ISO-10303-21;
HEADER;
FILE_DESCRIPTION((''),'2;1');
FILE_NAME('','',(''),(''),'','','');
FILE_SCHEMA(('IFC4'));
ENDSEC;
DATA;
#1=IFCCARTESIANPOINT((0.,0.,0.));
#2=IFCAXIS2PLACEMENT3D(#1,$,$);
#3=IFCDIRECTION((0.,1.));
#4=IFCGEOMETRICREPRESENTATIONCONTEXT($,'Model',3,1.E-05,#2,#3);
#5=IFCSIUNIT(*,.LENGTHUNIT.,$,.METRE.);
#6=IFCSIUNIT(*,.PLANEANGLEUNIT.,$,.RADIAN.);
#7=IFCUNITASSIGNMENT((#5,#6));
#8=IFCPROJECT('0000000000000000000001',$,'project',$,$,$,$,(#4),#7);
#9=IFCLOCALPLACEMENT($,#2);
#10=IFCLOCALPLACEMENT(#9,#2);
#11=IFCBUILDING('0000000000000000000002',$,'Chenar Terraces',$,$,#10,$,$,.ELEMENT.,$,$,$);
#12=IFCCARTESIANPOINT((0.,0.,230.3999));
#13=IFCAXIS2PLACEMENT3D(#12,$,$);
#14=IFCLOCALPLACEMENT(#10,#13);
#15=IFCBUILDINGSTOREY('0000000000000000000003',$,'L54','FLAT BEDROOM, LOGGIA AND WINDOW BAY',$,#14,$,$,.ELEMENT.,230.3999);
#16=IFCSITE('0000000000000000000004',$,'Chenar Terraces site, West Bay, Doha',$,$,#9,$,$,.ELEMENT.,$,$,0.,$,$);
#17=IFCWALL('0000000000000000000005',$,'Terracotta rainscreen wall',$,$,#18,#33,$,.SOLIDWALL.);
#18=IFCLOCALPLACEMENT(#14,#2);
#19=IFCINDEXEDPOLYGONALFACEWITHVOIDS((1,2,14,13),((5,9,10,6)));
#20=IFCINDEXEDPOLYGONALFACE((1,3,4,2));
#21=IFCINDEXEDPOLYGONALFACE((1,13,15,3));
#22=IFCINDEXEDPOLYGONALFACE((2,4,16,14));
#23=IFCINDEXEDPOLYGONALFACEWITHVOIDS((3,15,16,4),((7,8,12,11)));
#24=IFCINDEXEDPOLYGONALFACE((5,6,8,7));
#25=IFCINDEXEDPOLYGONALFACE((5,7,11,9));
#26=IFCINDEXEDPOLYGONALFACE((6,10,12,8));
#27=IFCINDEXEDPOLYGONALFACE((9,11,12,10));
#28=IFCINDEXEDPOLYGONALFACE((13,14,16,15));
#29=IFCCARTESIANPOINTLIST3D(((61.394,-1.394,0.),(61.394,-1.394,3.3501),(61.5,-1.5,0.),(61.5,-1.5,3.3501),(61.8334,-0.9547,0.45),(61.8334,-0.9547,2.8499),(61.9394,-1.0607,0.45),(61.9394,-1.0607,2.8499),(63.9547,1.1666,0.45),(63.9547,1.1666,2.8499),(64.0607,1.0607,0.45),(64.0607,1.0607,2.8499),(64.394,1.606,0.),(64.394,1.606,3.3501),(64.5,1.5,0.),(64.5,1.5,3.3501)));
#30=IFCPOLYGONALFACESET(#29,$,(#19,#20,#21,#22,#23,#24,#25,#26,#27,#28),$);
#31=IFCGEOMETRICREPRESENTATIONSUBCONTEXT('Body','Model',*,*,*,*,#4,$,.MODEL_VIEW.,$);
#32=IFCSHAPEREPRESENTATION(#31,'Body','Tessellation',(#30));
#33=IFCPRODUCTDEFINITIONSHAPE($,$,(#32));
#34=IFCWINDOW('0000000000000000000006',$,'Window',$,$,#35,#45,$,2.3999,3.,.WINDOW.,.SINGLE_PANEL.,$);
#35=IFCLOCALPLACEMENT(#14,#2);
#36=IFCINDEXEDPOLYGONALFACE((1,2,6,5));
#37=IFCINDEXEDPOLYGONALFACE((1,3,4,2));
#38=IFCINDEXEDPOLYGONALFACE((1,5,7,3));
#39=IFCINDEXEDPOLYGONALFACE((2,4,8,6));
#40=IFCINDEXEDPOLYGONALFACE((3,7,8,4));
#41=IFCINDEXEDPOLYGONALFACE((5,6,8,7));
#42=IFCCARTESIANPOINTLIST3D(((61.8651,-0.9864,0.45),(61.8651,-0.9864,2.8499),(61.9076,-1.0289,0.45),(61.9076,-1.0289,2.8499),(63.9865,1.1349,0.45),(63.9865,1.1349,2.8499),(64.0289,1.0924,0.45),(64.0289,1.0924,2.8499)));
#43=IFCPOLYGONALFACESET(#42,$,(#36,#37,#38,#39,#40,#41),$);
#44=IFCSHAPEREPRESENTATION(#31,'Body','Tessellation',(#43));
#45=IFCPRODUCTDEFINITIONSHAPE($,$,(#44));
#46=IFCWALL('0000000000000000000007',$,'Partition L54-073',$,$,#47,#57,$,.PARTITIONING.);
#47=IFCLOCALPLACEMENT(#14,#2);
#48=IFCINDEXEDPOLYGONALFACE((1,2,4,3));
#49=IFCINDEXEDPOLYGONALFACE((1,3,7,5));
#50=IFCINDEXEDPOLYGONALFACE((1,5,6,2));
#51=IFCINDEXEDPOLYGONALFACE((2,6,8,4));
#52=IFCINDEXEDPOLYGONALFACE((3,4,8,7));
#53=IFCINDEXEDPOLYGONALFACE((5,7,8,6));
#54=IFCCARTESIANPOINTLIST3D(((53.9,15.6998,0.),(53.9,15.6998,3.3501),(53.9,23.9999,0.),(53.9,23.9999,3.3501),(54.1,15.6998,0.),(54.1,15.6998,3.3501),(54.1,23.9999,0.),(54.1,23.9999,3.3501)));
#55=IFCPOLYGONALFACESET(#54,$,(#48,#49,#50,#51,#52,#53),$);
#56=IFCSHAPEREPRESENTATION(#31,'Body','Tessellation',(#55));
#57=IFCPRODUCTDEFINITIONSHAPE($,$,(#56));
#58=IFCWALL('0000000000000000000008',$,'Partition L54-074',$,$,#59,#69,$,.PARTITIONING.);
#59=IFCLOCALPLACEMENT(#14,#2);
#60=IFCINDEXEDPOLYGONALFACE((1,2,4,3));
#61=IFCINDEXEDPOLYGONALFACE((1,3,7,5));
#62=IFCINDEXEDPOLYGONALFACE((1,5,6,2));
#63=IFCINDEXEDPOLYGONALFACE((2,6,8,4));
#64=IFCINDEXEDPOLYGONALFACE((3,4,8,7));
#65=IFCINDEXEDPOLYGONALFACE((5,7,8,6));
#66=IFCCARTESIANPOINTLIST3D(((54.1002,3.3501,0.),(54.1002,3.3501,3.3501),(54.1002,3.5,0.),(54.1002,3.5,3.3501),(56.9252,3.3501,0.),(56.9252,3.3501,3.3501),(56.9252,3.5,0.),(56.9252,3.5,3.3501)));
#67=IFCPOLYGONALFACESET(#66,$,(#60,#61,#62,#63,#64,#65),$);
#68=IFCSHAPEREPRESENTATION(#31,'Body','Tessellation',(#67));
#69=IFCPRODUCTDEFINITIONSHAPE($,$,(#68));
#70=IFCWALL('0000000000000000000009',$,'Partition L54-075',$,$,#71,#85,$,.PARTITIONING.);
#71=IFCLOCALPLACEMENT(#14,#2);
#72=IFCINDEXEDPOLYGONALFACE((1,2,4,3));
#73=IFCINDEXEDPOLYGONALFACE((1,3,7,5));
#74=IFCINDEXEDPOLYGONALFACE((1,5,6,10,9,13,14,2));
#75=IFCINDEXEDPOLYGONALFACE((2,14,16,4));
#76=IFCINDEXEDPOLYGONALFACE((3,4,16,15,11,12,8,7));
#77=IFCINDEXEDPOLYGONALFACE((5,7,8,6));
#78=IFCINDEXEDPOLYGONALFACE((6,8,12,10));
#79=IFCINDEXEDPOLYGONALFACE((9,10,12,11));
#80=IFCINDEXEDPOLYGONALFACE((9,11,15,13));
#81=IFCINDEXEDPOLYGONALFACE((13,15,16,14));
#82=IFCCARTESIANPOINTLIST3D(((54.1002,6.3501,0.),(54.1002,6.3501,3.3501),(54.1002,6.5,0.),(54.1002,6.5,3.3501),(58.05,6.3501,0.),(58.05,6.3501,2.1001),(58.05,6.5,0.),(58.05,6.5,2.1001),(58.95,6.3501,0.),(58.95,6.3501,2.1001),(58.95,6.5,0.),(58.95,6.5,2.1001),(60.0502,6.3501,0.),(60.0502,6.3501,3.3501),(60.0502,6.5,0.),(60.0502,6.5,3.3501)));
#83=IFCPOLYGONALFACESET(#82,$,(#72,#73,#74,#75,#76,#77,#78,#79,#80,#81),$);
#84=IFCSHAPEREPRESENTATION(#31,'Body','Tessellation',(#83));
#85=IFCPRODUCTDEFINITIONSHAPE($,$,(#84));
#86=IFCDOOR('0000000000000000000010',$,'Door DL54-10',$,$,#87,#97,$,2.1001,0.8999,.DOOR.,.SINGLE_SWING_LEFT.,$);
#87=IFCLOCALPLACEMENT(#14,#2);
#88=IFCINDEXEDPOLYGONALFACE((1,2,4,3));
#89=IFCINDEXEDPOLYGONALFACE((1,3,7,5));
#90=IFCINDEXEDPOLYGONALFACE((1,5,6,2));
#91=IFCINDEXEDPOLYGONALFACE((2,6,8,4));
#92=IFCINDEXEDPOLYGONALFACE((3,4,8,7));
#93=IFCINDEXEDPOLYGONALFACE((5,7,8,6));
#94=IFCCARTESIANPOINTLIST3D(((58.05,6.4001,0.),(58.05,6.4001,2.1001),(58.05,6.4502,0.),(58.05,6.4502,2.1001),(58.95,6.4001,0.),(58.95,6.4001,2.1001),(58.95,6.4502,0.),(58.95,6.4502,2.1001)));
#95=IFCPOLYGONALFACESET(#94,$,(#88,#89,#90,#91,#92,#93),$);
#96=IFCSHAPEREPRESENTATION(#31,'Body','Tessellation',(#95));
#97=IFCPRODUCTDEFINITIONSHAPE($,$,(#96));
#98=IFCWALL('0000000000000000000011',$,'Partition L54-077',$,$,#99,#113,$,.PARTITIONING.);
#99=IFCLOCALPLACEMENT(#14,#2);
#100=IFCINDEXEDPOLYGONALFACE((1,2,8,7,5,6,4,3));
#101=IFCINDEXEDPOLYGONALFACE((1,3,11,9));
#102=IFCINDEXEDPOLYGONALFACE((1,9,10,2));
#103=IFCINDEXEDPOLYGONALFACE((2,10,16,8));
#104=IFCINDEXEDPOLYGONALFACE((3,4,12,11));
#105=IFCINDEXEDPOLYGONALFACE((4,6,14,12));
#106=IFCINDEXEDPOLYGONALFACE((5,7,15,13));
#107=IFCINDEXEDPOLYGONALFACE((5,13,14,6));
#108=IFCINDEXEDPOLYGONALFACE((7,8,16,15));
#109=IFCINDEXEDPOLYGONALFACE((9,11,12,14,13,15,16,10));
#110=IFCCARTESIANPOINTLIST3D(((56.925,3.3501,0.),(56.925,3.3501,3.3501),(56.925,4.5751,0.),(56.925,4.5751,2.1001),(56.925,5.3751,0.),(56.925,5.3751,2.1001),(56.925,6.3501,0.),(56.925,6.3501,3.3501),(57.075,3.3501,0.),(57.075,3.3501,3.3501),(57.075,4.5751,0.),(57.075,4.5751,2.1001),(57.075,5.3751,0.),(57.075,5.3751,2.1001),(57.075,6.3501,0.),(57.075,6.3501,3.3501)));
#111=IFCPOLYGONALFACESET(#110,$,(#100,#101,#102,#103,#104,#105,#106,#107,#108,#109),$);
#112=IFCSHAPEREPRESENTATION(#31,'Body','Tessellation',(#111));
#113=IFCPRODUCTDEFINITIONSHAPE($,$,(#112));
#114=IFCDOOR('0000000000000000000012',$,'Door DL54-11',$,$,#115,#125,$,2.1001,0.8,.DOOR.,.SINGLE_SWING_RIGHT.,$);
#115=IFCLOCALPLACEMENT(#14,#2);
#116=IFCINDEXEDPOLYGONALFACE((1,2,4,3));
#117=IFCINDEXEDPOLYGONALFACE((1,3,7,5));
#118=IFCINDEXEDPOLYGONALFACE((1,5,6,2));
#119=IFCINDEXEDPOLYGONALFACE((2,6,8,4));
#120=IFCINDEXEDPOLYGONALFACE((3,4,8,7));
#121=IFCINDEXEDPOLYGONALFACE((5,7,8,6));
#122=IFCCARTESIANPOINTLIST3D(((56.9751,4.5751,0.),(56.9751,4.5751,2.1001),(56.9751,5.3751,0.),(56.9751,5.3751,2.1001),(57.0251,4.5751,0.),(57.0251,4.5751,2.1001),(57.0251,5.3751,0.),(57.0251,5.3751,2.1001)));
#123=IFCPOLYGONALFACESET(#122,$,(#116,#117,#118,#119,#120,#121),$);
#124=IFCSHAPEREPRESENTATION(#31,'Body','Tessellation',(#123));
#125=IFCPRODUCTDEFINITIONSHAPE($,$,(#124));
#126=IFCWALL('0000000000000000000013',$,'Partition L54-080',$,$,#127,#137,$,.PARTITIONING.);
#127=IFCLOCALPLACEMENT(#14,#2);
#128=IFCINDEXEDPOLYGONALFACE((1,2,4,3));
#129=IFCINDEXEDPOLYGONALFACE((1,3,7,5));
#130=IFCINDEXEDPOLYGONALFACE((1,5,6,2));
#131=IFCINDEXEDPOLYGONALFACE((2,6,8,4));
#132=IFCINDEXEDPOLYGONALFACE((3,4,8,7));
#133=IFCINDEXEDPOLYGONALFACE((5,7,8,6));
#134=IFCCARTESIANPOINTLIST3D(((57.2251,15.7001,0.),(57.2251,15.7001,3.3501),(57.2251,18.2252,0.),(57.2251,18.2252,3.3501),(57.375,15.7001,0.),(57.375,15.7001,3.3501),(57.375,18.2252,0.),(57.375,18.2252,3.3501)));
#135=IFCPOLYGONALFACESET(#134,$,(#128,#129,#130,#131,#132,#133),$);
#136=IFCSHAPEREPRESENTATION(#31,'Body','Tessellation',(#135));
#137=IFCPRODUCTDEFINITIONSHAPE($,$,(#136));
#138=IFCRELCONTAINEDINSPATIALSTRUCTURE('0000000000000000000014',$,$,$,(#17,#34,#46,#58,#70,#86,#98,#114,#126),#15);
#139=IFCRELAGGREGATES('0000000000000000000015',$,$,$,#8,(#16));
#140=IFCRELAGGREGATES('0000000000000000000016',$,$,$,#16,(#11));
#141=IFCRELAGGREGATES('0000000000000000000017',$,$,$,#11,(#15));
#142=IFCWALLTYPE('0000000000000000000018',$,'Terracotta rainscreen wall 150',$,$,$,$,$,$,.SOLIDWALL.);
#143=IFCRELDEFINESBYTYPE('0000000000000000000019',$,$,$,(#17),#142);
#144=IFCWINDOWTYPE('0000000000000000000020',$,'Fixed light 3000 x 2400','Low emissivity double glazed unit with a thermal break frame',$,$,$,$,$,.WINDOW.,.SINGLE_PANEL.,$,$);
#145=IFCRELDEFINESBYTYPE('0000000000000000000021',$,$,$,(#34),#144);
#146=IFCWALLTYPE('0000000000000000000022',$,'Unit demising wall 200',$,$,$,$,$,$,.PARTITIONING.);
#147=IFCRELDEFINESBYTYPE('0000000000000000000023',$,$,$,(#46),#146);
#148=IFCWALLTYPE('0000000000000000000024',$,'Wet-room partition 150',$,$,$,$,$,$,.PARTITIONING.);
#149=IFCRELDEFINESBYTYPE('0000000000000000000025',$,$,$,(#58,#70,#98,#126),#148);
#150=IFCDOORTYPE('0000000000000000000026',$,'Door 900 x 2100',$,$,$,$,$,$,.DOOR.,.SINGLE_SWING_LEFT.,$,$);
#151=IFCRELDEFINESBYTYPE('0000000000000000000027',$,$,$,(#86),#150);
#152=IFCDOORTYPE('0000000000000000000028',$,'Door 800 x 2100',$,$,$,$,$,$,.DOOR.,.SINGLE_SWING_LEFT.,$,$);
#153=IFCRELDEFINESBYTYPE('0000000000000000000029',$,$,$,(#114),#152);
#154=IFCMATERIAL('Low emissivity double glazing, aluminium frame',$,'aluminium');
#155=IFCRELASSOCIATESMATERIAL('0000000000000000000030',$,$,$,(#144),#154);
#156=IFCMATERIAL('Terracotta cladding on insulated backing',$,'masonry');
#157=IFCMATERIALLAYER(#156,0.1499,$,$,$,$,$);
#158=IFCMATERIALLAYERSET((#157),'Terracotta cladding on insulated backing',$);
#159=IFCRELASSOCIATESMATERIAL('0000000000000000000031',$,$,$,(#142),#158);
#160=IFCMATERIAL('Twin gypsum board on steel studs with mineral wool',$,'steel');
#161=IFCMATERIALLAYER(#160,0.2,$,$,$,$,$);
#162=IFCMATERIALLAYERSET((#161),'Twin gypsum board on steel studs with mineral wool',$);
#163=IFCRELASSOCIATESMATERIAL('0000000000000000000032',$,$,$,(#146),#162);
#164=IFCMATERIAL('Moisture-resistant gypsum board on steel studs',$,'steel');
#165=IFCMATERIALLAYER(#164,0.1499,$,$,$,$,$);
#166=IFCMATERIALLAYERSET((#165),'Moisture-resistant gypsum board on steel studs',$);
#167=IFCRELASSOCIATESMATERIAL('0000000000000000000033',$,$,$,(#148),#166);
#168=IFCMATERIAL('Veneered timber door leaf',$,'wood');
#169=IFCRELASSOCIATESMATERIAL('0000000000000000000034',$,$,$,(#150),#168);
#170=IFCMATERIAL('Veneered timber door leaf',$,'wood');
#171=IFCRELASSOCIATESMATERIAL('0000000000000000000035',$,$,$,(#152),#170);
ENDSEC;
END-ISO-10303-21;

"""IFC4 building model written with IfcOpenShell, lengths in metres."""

from ifc_helpers import new_model, si_unit, direction, frame, frame_2d, origin, place, context, subcontext, project, spatial, rectangle, extrude, material, layer, layer_set, type_object, element, fill, save


model = new_model("IFC4")

# Units and contexts
model_context = context("Model", 3, precision=1e-05, world=origin(), true_north=direction((0.0, 1.0)))
body_context = subcontext(model_context, "Body", "Model", "MODEL_VIEW")
ifc_project = project(units=[si_unit("LENGTHUNIT", "METRE"), si_unit("PLANEANGLEUNIT", "RADIAN")], contexts=[model_context])

# Site, building, storey
site_placement = place(None, origin())
site = spatial("IfcSite", under=ifc_project, at=site_placement, Name="Chenar Terraces site, West Bay, Doha", CompositionType="ELEMENT", RefElevation=0.0)
building_placement = place(site_placement, origin())
building = spatial("IfcBuilding", under=site, at=building_placement, Name="Chenar Terraces", CompositionType="ELEMENT")
storey_placement = place(building_placement, frame((0.0, 0.0, 230.3999)))
storey = spatial("IfcBuildingStorey", under=building, at=storey_placement, Name="L54", Description="FLAT BEDROOM, LOGGIA AND WINDOW BAY", CompositionType="ELEMENT", Elevation=230.3999)

# Shared definitions
ifc_material_1 = material(Name="Low emissivity double glazing, aluminium frame", Category="aluminium")
window_type_1 = type_object("IfcWindowType", Name="Fixed light 3000 x 2400", Description="Low emissivity double glazed unit with a thermal break frame", PartitioningType="SINGLE_PANEL", PredefinedType="WINDOW", material=ifc_material_1)

# Wall, opening, window
ifc_material_2 = material(Name="Terracotta cladding on insulated backing", Category="masonry")
ifc_layer_1 = layer(ifc_material_2, 0.1499)
ifc_layer_set_1 = layer_set([ifc_layer_1], Name="Terracotta cladding on insulated backing")
wall_type_1 = type_object("IfcWallType", Name="Terracotta rainscreen wall 150", PredefinedType="SOLIDWALL", material=ifc_layer_set_1)
wall_1_placement = place(storey_placement, frame((61.447, -1.447, 0.0), z_axis=(0.0, 0.0, 1.0), x_axis=(0.707107, 0.707107, 0.0)))
wall_1 = element("IfcWall", 1, at=wall_1_placement, inside=storey, type_object=wall_type_1, Name="Terracotta rainscreen wall", PredefinedType="SOLIDWALL", context=body_context, shape_type="SweptSolid", body=[
    extrude(rectangle(XDim=4.2427, YDim=0.1499, at=frame_2d((2.1213, 0.0))), origin(), (0.0, 0.0, 1.0), 3.3501),
])
opening_1_placement = place(wall_1_placement, frame((0.6213, 0.0, 0.45)))
opening_1 = element("IfcOpeningElement", 2, at=opening_1_placement, cuts=wall_1, PredefinedType="OPENING", context=body_context, shape_type="SweptSolid", body=[
    extrude(rectangle(XDim=3.0, YDim=2.3999, at=frame_2d((1.5, 1.2))), frame((0.0, 0.085, 0.0), z_axis=(0.0, -1.0, 0.0), x_axis=(1.0, 0.0, 0.0)), (0.0, 0.0, 1.0), 0.1699),
])
window_1_placement = place(opening_1_placement, origin())
window_1 = element("IfcWindow", 3, at=window_1_placement, inside=storey, type_object=window_type_1, Name="Window", OverallHeight=2.3999, OverallWidth=3.0, PartitioningType="SINGLE_PANEL", PredefinedType="WINDOW", context=body_context, shape_type="SweptSolid", body=[
    extrude(rectangle(XDim=3.0, YDim=2.3999, at=frame_2d((1.5, 1.2))), frame((0.0, 0.03, 0.0), z_axis=(0.0, -1.0, 0.0), x_axis=(1.0, 0.0, 0.0)), (0.0, 0.0, 1.0), 0.0601),
])
fill(opening_1, window_1)

# Walls
ifc_material_3 = material(Name="Twin gypsum board on steel studs with mineral wool", Category="steel")
ifc_layer_2 = layer(ifc_material_3, 0.2)
ifc_layer_set_2 = layer_set([ifc_layer_2], Name="Twin gypsum board on steel studs with mineral wool")
wall_type_2 = type_object("IfcWallType", Name="Unit demising wall 200", PredefinedType="PARTITIONING", material=ifc_layer_set_2)
wall_2_placement = place(storey_placement, frame((54.0, 15.7, 0.0), z_axis=(0.0, 0.0, 1.0), x_axis=(0.0, 1.0, 0.0)))
element("IfcWall", 4, at=wall_2_placement, inside=storey, type_object=wall_type_2, Name="Partition L54-073", PredefinedType="PARTITIONING", context=body_context, shape_type="SweptSolid", body=[
    extrude(rectangle(XDim=8.3, YDim=0.2, at=frame_2d((4.1499, 0.0))), origin(), (0.0, 0.0, 1.0), 3.3501),
])
ifc_material_4 = material(Name="Moisture-resistant gypsum board on steel studs", Category="steel")
ifc_layer_3 = layer(ifc_material_4, 0.1499)
ifc_layer_set_3 = layer_set([ifc_layer_3], Name="Moisture-resistant gypsum board on steel studs")
wall_type_3 = type_object("IfcWallType", Name="Wet-room partition 150", PredefinedType="PARTITIONING", material=ifc_layer_set_3)
wall_3_placement = place(storey_placement, frame((54.1001, 3.425, 0.0), z_axis=(0.0, 0.0, 1.0), x_axis=(1.0, 0.0, 0.0)))
element("IfcWall", 5, at=wall_3_placement, inside=storey, type_object=wall_type_3, Name="Partition L54-074", PredefinedType="PARTITIONING", context=body_context, shape_type="SweptSolid", body=[
    extrude(rectangle(XDim=2.825, YDim=0.1499, at=frame_2d((1.4126, 0.0))), origin(), (0.0, 0.0, 1.0), 3.3501),
])

# Walls, openings, doors
wall_4_placement = place(storey_placement, frame((54.1001, 6.425, 0.0), z_axis=(0.0, 0.0, 1.0), x_axis=(1.0, 0.0, 0.0)))
wall_4 = element("IfcWall", 6, at=wall_4_placement, inside=storey, type_object=wall_type_3, Name="Partition L54-075", PredefinedType="PARTITIONING", context=body_context, shape_type="SweptSolid", body=[
    extrude(rectangle(XDim=5.95, YDim=0.1499, at=frame_2d((2.9751, 0.0))), origin(), (0.0, 0.0, 1.0), 3.3501),
])
opening_2_placement = place(wall_4_placement, frame((3.95, 0.0, 0.0)))
opening_2 = element("IfcOpeningElement", 7, at=opening_2_placement, cuts=wall_4, PredefinedType="OPENING", context=body_context, shape_type="SweptSolid", body=[
    extrude(rectangle(XDim=0.8999, YDim=2.1001, at=frame_2d((0.45, 1.05))), frame((0.0, 0.085, 0.0), z_axis=(0.0, -1.0, 0.0), x_axis=(1.0, 0.0, 0.0)), (0.0, 0.0, 1.0), 0.1699),
])
ifc_material_5 = material(Name="Veneered timber door leaf", Category="wood")
door_type_1 = type_object("IfcDoorType", Name="Door 900 x 2100", OperationType="SINGLE_SWING_LEFT", PredefinedType="DOOR", material=ifc_material_5)
door_1_placement = place(opening_2_placement, frame((0.8999, 0.0, 0.0), z_axis=(0.0, 0.0, 1.0), x_axis=(-1.0, 0.0, 0.0)))
door_1 = element("IfcDoor", 8, at=door_1_placement, inside=storey, type_object=door_type_1, Name="Door DL54-10", OperationType="SINGLE_SWING_LEFT", OverallHeight=2.1001, OverallWidth=0.8999, PredefinedType="DOOR", context=body_context, shape_type="SweptSolid", body=[
    extrude(rectangle(XDim=0.8999, YDim=2.1001, at=frame_2d((0.45, 1.05))), frame((0.0, 0.0249, 0.0), z_axis=(0.0, -1.0, 0.0), x_axis=(1.0, 0.0, 0.0)), (0.0, 0.0, 1.0), 0.05),
])
fill(opening_2, door_1)
wall_5_placement = place(storey_placement, frame((57.0, 3.3501, 0.0), z_axis=(0.0, 0.0, 1.0), x_axis=(0.0, 1.0, 0.0)))
wall_5 = element("IfcWall", 9, at=wall_5_placement, inside=storey, type_object=wall_type_3, Name="Partition L54-077", PredefinedType="PARTITIONING", context=body_context, shape_type="SweptSolid", body=[
    extrude(rectangle(XDim=3.0, YDim=0.1499, at=frame_2d((1.5, 0.0))), origin(), (0.0, 0.0, 1.0), 3.3501),
])
opening_3_placement = place(wall_5_placement, frame((1.2251, 0.0, 0.0)))
opening_3 = element("IfcOpeningElement", 10, at=opening_3_placement, cuts=wall_5, PredefinedType="OPENING", context=body_context, shape_type="SweptSolid", body=[
    extrude(rectangle(XDim=0.8, YDim=2.1001, at=frame_2d((0.3999, 1.05))), frame((0.0, 0.085, 0.0), z_axis=(0.0, -1.0, 0.0), x_axis=(1.0, 0.0, 0.0)), (0.0, 0.0, 1.0), 0.1699),
])
ifc_material_6 = material(Name="Veneered timber door leaf", Category="wood")
door_type_2 = type_object("IfcDoorType", Name="Door 800 x 2100", OperationType="SINGLE_SWING_LEFT", PredefinedType="DOOR", material=ifc_material_6)
door_2_placement = place(opening_3_placement, origin())
door_2 = element("IfcDoor", 11, at=door_2_placement, inside=storey, type_object=door_type_2, Name="Door DL54-11", OperationType="SINGLE_SWING_RIGHT", OverallHeight=2.1001, OverallWidth=0.8, PredefinedType="DOOR", context=body_context, shape_type="SweptSolid", body=[
    extrude(rectangle(XDim=0.8, YDim=2.1001, at=frame_2d((0.3999, 1.05))), frame((0.0, 0.0249, 0.0), z_axis=(0.0, -1.0, 0.0), x_axis=(1.0, 0.0, 0.0)), (0.0, 0.0, 1.0), 0.05),
])
fill(opening_3, door_2)

# Wall
wall_6_placement = place(storey_placement, frame((57.3, 15.7, 0.0), z_axis=(0.0, 0.0, 1.0), x_axis=(0.0, 1.0, 0.0)))
element("IfcWall", 12, at=wall_6_placement, inside=storey, type_object=wall_type_3, Name="Partition L54-080", PredefinedType="PARTITIONING", context=body_context, shape_type="SweptSolid", body=[
    extrude(rectangle(XDim=2.5251, YDim=0.1499, at=frame_2d((1.2627, 0.0))), origin(), (0.0, 0.0, 1.0), 3.3501),
])

save(model, "model.ifc")
